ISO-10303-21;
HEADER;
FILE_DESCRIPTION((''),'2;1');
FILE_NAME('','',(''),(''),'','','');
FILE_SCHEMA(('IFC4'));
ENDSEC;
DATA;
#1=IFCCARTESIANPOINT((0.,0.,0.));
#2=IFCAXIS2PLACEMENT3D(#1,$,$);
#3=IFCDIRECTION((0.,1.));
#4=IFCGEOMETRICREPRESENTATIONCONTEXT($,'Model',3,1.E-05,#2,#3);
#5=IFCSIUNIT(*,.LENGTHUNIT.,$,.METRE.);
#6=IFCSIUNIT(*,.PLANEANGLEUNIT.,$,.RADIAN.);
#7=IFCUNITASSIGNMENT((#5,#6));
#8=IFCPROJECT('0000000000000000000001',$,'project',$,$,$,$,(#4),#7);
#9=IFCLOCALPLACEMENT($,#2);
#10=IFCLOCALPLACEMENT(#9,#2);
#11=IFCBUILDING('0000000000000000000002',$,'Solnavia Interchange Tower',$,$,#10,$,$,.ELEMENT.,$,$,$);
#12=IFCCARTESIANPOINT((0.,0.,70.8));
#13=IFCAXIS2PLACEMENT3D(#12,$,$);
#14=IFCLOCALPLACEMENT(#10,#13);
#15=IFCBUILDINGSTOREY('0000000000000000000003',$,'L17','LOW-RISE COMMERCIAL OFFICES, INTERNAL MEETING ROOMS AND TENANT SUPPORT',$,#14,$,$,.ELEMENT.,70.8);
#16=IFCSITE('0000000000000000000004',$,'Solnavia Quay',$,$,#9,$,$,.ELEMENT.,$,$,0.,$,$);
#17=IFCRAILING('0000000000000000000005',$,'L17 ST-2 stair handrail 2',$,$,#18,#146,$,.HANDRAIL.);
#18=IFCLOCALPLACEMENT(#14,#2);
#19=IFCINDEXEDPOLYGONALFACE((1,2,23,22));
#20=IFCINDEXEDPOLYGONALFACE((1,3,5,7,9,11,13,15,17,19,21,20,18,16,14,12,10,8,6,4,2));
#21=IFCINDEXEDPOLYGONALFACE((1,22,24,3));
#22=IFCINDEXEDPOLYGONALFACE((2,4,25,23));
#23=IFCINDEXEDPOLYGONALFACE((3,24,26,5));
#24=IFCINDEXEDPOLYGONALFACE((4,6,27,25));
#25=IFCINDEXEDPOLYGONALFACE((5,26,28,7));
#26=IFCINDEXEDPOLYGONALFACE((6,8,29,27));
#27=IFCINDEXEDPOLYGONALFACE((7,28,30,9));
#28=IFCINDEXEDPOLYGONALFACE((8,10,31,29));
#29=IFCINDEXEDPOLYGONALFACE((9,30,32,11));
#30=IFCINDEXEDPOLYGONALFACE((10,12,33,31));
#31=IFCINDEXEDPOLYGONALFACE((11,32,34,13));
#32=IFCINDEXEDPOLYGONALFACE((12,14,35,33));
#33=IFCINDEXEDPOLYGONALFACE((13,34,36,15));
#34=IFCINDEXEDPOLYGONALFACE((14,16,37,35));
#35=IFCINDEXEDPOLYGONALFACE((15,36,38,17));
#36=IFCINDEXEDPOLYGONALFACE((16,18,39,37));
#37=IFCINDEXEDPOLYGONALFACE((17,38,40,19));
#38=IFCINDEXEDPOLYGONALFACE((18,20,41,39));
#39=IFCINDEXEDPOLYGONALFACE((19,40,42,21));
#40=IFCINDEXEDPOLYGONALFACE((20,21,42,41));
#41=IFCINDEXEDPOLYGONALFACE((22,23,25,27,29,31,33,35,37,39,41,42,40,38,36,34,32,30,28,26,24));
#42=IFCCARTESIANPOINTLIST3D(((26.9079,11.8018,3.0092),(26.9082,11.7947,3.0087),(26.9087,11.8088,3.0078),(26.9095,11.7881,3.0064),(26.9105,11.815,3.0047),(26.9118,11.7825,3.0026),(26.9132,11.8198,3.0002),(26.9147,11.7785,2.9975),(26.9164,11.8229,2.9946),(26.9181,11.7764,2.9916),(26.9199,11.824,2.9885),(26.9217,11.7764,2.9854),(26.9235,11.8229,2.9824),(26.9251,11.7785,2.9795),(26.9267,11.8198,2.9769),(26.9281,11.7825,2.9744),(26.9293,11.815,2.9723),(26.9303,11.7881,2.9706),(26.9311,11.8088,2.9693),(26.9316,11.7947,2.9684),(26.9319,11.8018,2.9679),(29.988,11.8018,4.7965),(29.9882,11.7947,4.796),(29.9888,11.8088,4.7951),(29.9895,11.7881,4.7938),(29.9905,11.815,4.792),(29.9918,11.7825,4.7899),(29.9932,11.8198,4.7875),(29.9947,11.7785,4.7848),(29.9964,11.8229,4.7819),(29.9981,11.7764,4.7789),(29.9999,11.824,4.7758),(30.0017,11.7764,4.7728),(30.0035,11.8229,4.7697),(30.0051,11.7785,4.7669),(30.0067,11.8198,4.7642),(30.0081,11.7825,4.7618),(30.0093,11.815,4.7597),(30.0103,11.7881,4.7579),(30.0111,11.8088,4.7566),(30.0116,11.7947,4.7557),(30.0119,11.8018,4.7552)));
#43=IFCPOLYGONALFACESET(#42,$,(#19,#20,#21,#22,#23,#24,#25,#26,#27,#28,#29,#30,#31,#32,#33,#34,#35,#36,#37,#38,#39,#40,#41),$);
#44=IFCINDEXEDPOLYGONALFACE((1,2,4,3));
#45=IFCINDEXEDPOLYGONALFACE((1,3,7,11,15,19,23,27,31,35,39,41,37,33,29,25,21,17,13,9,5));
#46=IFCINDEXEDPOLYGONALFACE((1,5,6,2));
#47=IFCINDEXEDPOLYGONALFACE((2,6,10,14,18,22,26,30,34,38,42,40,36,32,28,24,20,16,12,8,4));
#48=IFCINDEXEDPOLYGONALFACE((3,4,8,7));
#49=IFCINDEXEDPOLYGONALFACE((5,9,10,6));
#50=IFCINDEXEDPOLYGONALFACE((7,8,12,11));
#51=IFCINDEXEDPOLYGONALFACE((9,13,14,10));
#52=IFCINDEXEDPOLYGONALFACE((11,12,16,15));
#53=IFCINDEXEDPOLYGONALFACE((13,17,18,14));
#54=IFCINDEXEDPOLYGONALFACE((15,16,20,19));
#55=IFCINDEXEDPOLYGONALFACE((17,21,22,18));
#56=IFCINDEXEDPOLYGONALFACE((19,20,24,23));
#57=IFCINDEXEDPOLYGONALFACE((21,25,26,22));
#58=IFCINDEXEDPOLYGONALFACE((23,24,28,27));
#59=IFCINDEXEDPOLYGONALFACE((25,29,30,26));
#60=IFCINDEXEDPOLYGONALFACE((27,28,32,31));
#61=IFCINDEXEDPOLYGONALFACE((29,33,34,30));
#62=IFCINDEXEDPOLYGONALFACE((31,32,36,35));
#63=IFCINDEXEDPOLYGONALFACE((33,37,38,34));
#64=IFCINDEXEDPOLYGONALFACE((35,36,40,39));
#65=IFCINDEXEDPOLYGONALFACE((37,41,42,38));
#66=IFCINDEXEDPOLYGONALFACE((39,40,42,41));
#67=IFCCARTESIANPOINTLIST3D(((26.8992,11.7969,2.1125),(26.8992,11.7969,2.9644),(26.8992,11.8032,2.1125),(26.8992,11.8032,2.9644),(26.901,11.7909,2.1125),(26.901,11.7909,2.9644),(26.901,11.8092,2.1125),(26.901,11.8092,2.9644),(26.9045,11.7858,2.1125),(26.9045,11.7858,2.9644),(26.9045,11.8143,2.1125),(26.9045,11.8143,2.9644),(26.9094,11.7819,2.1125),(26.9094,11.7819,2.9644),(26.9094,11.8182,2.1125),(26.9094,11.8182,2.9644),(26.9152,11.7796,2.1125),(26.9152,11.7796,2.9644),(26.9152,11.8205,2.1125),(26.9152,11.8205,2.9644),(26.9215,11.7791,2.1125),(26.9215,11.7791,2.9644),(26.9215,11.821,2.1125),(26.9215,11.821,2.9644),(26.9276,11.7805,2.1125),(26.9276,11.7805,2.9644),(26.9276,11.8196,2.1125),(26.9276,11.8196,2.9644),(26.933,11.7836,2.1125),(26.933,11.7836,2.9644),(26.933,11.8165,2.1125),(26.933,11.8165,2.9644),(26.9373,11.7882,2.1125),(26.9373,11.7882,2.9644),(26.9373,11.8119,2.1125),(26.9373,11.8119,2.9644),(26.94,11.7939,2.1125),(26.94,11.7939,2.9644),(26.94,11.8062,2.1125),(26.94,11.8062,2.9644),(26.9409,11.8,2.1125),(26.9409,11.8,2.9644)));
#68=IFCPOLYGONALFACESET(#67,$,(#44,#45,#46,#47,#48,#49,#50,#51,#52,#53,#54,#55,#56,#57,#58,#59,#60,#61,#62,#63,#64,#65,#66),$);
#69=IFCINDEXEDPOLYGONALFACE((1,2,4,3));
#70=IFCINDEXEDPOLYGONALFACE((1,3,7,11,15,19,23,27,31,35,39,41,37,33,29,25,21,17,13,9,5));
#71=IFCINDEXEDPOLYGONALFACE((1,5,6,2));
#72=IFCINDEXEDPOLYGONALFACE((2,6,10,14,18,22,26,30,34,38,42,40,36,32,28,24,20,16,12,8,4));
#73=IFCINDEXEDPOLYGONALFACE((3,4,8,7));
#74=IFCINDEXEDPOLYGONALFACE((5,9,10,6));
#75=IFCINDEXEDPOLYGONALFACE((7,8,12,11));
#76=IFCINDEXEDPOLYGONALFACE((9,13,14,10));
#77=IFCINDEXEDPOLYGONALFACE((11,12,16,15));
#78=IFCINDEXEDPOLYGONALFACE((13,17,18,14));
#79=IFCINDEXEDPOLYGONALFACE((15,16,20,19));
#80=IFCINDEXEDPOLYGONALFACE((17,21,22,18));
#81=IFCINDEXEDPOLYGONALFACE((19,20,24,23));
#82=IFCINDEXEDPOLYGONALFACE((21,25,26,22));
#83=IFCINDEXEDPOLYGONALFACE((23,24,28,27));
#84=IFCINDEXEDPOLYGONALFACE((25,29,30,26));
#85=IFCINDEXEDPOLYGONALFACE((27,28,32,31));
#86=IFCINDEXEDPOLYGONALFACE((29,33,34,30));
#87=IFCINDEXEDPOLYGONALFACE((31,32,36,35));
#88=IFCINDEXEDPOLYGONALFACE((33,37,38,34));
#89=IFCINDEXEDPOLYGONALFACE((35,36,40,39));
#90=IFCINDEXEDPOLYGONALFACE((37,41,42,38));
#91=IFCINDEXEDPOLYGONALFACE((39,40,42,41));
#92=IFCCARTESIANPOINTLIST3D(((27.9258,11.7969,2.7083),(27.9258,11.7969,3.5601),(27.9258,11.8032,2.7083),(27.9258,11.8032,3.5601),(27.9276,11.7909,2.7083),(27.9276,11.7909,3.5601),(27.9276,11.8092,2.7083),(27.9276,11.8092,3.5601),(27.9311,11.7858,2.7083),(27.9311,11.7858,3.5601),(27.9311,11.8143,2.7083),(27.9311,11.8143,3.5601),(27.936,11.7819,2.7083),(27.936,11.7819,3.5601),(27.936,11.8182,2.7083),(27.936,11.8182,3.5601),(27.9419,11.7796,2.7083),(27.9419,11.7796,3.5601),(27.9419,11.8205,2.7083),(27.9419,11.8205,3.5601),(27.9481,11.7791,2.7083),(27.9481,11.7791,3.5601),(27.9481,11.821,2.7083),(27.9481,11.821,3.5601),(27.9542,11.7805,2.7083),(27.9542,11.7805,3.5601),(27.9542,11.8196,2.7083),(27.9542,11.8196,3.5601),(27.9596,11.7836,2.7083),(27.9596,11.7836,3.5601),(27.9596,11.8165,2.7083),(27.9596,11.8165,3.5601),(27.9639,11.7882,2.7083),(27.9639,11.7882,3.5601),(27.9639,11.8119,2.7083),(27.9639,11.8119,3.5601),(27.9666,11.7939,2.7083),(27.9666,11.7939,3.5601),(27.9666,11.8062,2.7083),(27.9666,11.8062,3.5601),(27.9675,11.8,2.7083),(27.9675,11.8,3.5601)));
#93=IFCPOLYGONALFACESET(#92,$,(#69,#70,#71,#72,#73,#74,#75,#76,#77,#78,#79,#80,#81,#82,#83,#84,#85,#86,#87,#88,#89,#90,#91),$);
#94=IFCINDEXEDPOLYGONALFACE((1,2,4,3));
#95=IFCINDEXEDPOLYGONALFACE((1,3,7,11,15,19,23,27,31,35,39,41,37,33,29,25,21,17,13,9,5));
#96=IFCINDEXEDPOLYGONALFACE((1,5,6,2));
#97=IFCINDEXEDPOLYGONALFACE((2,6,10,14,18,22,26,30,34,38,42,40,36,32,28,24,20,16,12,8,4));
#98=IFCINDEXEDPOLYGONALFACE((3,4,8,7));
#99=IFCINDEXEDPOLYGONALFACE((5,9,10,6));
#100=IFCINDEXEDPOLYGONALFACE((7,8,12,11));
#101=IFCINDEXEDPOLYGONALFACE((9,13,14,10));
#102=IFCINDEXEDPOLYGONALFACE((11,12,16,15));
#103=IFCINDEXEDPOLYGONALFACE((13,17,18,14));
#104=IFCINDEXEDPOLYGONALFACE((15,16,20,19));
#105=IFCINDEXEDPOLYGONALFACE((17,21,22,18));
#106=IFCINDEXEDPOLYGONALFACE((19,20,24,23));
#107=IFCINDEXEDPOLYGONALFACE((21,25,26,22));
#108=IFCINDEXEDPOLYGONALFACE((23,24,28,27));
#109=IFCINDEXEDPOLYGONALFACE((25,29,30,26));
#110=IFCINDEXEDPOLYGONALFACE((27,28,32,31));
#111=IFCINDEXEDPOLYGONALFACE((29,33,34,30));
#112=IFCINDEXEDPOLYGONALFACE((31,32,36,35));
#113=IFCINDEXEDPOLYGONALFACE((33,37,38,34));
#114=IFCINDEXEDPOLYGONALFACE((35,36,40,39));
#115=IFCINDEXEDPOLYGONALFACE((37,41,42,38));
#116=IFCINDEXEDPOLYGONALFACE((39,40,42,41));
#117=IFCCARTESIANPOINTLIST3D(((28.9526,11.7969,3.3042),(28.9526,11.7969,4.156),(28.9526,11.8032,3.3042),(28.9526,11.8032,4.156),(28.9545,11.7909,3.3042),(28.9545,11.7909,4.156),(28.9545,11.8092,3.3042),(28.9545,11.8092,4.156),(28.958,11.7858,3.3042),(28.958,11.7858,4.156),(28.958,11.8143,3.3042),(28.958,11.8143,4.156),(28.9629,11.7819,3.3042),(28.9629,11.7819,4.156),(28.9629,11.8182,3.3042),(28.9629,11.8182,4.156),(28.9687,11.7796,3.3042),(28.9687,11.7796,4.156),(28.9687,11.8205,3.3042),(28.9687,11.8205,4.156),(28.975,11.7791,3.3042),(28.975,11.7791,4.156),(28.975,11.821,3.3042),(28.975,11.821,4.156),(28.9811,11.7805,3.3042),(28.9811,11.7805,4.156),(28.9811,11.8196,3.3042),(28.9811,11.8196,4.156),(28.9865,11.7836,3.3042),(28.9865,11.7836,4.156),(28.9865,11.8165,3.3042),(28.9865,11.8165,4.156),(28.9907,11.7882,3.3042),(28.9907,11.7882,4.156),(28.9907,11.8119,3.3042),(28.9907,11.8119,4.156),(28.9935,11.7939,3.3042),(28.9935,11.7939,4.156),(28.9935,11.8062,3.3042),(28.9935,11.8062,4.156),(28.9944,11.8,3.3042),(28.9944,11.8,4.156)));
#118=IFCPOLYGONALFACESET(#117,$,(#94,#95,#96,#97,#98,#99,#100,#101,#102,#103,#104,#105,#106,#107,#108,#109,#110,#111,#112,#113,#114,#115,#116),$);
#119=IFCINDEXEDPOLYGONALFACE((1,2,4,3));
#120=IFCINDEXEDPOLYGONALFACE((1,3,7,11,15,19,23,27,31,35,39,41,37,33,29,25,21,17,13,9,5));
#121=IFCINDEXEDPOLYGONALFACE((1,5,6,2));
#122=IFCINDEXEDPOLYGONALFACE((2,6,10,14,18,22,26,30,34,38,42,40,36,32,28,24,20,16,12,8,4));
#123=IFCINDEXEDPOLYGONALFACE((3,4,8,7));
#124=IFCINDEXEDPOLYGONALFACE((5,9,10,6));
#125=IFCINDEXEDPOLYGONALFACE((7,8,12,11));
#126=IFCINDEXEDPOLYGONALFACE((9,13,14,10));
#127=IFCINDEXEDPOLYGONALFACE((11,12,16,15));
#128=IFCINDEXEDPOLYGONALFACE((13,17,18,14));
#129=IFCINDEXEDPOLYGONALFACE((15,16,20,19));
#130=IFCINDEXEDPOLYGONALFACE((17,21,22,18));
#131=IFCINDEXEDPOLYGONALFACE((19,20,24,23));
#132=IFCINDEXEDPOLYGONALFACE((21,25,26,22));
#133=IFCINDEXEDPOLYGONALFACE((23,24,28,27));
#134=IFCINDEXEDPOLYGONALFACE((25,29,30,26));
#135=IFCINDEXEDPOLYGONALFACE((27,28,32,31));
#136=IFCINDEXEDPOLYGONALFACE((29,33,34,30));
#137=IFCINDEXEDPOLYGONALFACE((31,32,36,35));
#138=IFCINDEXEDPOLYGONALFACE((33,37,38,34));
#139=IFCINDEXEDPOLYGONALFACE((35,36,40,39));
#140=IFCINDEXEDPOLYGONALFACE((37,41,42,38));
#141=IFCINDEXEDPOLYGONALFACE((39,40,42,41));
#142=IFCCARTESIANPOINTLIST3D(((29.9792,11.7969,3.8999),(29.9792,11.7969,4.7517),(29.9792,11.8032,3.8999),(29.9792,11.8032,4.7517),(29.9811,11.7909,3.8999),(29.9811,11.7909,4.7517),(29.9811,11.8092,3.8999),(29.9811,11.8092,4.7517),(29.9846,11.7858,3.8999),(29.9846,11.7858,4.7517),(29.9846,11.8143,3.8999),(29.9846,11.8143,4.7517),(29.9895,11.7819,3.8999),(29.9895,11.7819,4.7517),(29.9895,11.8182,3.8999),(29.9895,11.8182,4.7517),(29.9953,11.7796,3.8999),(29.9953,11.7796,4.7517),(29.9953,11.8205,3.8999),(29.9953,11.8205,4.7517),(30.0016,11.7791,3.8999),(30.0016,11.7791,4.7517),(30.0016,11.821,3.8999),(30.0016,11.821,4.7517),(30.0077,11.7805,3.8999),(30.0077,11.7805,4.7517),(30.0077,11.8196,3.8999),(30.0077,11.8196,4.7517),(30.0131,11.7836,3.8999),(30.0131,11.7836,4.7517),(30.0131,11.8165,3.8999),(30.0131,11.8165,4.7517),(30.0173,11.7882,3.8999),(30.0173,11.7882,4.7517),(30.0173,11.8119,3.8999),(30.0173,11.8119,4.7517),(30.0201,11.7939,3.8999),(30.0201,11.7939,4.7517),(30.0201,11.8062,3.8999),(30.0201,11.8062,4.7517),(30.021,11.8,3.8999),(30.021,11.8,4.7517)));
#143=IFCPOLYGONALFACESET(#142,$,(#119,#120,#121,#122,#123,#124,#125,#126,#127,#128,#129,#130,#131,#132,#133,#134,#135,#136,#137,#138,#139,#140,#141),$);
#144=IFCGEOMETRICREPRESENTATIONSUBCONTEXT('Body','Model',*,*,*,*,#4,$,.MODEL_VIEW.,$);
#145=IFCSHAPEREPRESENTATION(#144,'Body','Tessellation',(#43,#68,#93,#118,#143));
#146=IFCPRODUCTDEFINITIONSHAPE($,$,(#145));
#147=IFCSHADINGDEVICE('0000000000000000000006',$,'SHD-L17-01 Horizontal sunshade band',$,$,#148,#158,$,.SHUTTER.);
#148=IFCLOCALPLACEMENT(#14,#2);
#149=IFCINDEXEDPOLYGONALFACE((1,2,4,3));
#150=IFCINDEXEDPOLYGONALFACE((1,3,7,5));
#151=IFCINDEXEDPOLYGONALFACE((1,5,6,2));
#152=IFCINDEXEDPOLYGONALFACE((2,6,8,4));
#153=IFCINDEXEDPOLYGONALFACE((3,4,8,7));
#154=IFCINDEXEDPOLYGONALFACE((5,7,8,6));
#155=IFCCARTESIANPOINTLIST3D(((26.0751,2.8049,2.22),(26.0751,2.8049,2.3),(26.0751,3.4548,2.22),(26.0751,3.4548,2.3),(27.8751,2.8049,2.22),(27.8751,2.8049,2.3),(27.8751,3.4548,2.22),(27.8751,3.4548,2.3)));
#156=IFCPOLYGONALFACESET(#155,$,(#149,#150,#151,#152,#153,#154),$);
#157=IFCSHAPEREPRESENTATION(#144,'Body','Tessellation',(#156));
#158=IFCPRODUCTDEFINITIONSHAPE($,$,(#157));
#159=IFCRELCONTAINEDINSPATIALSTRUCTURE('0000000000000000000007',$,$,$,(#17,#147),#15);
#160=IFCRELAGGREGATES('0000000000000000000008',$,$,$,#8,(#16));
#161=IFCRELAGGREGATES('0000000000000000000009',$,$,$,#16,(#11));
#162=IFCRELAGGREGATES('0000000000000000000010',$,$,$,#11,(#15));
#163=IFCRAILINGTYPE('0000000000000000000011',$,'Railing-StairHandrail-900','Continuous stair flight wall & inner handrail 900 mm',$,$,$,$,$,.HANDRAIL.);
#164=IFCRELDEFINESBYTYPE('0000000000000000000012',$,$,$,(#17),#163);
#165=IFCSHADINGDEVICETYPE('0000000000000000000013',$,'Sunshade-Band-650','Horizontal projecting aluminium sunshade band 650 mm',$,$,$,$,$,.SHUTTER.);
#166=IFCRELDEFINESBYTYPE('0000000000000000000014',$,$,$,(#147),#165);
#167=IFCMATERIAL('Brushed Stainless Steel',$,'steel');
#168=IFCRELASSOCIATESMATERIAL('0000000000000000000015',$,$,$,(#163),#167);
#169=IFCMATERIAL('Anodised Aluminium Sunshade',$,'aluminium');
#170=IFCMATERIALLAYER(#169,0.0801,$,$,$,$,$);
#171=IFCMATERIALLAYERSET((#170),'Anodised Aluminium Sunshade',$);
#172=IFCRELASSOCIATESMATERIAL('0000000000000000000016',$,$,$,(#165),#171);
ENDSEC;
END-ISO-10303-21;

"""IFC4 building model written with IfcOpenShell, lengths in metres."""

from ifc_helpers import new_model, si_unit, direction, frame, origin, origin_2d, place, context, subcontext, project, spatial, rectangle, circle, extrude, material, layer, layer_set, type_object, element, save


model = new_model("IFC4")

# Units and contexts
model_context = context("Model", 3, precision=1e-05, world=origin(), true_north=direction((0.0, 1.0)))
body_context = subcontext(model_context, "Body", "Model", "MODEL_VIEW")
ifc_project = project(units=[si_unit("LENGTHUNIT", "METRE"), si_unit("PLANEANGLEUNIT", "RADIAN")], contexts=[model_context])

# Site, building, storey
site_placement = place(None, origin())
site = spatial("IfcSite", under=ifc_project, at=site_placement, Name="Solnavia Quay", CompositionType="ELEMENT", RefElevation=0.0)
building_placement = place(site_placement, origin())
building = spatial("IfcBuilding", under=site, at=building_placement, Name="Solnavia Interchange Tower", CompositionType="ELEMENT")
storey_placement = place(building_placement, frame((0.0, 0.0, 70.8)))
storey = spatial("IfcBuildingStorey", under=building, at=storey_placement, Name="L17", Description="LOW-RISE COMMERCIAL OFFICES, INTERNAL MEETING ROOMS AND TENANT SUPPORT", CompositionType="ELEMENT", Elevation=70.8)

# Railing
ifc_material_1 = material(Name="Brushed Stainless Steel", Category="steel")
railing_type_1 = type_object("IfcRailingType", Name="Railing-StairHandrail-900", Description="Continuous stair flight wall & inner handrail 900 mm", PredefinedType="HANDRAIL", material=ifc_material_1)
railing_1_placement = place(storey_placement, frame((26.9199, 11.8, 2.1125)))
element("IfcRailing", 1, at=railing_1_placement, inside=storey, type_object=railing_type_1, Name="L17 ST-2 stair handrail 2", PredefinedType="HANDRAIL", context=body_context, shape_type="SweptSolid", body=[
    extrude(circle(Radius=0.0239, at=origin_2d()), frame((0.0, 0.0, 0.876), z_axis=(0.86492, 0.0, 0.501909), x_axis=(0.0, 1.0, 0.0)), (0.0, 0.0, 1.0), 3.561),
    extrude(circle(Radius=0.021, at=origin_2d()), origin(), (0.0, 0.0, 1.0), 0.8518),
    extrude(circle(Radius=0.021, at=origin_2d()), frame((1.0266, 0.0, 0.5957)), (0.0, 0.0, 1.0), 0.8518),
    extrude(circle(Radius=0.021, at=origin_2d()), frame((2.0535, 0.0, 1.1917)), (0.0, 0.0, 1.0), 0.8518),
    extrude(circle(Radius=0.021, at=origin_2d()), frame((3.0801, 0.0, 1.7874)), (0.0, 0.0, 1.0), 0.8518),
])

# Shading device
ifc_material_2 = material(Name="Anodised Aluminium Sunshade", Category="aluminium")
ifc_layer_1 = layer(ifc_material_2, 0.0801)
ifc_layer_set_1 = layer_set([ifc_layer_1], Name="Anodised Aluminium Sunshade")
shading_device_type = type_object("IfcShadingDeviceType", Name="Sunshade-Band-650", Description="Horizontal projecting aluminium sunshade band 650 mm", PredefinedType="SHUTTER", material=ifc_layer_set_1)
shading_device_placement = place(storey_placement, frame((26.9751, 3.1299, 2.22), z_axis=(0.0, 0.0, 1.0), x_axis=(-1.0, 0.0, 0.0)))
element("IfcShadingDevice", 2, at=shading_device_placement, inside=storey, type_object=shading_device_type, Name="SHD-L17-01 Horizontal sunshade band", PredefinedType="SHUTTER", context=body_context, shape_type="SweptSolid", body=[
    extrude(rectangle(XDim=1.8, YDim=0.6499, at=origin_2d()), origin(), (0.0, 0.0, 1.0), 0.0801),
])

save(model, "model.ifc")
